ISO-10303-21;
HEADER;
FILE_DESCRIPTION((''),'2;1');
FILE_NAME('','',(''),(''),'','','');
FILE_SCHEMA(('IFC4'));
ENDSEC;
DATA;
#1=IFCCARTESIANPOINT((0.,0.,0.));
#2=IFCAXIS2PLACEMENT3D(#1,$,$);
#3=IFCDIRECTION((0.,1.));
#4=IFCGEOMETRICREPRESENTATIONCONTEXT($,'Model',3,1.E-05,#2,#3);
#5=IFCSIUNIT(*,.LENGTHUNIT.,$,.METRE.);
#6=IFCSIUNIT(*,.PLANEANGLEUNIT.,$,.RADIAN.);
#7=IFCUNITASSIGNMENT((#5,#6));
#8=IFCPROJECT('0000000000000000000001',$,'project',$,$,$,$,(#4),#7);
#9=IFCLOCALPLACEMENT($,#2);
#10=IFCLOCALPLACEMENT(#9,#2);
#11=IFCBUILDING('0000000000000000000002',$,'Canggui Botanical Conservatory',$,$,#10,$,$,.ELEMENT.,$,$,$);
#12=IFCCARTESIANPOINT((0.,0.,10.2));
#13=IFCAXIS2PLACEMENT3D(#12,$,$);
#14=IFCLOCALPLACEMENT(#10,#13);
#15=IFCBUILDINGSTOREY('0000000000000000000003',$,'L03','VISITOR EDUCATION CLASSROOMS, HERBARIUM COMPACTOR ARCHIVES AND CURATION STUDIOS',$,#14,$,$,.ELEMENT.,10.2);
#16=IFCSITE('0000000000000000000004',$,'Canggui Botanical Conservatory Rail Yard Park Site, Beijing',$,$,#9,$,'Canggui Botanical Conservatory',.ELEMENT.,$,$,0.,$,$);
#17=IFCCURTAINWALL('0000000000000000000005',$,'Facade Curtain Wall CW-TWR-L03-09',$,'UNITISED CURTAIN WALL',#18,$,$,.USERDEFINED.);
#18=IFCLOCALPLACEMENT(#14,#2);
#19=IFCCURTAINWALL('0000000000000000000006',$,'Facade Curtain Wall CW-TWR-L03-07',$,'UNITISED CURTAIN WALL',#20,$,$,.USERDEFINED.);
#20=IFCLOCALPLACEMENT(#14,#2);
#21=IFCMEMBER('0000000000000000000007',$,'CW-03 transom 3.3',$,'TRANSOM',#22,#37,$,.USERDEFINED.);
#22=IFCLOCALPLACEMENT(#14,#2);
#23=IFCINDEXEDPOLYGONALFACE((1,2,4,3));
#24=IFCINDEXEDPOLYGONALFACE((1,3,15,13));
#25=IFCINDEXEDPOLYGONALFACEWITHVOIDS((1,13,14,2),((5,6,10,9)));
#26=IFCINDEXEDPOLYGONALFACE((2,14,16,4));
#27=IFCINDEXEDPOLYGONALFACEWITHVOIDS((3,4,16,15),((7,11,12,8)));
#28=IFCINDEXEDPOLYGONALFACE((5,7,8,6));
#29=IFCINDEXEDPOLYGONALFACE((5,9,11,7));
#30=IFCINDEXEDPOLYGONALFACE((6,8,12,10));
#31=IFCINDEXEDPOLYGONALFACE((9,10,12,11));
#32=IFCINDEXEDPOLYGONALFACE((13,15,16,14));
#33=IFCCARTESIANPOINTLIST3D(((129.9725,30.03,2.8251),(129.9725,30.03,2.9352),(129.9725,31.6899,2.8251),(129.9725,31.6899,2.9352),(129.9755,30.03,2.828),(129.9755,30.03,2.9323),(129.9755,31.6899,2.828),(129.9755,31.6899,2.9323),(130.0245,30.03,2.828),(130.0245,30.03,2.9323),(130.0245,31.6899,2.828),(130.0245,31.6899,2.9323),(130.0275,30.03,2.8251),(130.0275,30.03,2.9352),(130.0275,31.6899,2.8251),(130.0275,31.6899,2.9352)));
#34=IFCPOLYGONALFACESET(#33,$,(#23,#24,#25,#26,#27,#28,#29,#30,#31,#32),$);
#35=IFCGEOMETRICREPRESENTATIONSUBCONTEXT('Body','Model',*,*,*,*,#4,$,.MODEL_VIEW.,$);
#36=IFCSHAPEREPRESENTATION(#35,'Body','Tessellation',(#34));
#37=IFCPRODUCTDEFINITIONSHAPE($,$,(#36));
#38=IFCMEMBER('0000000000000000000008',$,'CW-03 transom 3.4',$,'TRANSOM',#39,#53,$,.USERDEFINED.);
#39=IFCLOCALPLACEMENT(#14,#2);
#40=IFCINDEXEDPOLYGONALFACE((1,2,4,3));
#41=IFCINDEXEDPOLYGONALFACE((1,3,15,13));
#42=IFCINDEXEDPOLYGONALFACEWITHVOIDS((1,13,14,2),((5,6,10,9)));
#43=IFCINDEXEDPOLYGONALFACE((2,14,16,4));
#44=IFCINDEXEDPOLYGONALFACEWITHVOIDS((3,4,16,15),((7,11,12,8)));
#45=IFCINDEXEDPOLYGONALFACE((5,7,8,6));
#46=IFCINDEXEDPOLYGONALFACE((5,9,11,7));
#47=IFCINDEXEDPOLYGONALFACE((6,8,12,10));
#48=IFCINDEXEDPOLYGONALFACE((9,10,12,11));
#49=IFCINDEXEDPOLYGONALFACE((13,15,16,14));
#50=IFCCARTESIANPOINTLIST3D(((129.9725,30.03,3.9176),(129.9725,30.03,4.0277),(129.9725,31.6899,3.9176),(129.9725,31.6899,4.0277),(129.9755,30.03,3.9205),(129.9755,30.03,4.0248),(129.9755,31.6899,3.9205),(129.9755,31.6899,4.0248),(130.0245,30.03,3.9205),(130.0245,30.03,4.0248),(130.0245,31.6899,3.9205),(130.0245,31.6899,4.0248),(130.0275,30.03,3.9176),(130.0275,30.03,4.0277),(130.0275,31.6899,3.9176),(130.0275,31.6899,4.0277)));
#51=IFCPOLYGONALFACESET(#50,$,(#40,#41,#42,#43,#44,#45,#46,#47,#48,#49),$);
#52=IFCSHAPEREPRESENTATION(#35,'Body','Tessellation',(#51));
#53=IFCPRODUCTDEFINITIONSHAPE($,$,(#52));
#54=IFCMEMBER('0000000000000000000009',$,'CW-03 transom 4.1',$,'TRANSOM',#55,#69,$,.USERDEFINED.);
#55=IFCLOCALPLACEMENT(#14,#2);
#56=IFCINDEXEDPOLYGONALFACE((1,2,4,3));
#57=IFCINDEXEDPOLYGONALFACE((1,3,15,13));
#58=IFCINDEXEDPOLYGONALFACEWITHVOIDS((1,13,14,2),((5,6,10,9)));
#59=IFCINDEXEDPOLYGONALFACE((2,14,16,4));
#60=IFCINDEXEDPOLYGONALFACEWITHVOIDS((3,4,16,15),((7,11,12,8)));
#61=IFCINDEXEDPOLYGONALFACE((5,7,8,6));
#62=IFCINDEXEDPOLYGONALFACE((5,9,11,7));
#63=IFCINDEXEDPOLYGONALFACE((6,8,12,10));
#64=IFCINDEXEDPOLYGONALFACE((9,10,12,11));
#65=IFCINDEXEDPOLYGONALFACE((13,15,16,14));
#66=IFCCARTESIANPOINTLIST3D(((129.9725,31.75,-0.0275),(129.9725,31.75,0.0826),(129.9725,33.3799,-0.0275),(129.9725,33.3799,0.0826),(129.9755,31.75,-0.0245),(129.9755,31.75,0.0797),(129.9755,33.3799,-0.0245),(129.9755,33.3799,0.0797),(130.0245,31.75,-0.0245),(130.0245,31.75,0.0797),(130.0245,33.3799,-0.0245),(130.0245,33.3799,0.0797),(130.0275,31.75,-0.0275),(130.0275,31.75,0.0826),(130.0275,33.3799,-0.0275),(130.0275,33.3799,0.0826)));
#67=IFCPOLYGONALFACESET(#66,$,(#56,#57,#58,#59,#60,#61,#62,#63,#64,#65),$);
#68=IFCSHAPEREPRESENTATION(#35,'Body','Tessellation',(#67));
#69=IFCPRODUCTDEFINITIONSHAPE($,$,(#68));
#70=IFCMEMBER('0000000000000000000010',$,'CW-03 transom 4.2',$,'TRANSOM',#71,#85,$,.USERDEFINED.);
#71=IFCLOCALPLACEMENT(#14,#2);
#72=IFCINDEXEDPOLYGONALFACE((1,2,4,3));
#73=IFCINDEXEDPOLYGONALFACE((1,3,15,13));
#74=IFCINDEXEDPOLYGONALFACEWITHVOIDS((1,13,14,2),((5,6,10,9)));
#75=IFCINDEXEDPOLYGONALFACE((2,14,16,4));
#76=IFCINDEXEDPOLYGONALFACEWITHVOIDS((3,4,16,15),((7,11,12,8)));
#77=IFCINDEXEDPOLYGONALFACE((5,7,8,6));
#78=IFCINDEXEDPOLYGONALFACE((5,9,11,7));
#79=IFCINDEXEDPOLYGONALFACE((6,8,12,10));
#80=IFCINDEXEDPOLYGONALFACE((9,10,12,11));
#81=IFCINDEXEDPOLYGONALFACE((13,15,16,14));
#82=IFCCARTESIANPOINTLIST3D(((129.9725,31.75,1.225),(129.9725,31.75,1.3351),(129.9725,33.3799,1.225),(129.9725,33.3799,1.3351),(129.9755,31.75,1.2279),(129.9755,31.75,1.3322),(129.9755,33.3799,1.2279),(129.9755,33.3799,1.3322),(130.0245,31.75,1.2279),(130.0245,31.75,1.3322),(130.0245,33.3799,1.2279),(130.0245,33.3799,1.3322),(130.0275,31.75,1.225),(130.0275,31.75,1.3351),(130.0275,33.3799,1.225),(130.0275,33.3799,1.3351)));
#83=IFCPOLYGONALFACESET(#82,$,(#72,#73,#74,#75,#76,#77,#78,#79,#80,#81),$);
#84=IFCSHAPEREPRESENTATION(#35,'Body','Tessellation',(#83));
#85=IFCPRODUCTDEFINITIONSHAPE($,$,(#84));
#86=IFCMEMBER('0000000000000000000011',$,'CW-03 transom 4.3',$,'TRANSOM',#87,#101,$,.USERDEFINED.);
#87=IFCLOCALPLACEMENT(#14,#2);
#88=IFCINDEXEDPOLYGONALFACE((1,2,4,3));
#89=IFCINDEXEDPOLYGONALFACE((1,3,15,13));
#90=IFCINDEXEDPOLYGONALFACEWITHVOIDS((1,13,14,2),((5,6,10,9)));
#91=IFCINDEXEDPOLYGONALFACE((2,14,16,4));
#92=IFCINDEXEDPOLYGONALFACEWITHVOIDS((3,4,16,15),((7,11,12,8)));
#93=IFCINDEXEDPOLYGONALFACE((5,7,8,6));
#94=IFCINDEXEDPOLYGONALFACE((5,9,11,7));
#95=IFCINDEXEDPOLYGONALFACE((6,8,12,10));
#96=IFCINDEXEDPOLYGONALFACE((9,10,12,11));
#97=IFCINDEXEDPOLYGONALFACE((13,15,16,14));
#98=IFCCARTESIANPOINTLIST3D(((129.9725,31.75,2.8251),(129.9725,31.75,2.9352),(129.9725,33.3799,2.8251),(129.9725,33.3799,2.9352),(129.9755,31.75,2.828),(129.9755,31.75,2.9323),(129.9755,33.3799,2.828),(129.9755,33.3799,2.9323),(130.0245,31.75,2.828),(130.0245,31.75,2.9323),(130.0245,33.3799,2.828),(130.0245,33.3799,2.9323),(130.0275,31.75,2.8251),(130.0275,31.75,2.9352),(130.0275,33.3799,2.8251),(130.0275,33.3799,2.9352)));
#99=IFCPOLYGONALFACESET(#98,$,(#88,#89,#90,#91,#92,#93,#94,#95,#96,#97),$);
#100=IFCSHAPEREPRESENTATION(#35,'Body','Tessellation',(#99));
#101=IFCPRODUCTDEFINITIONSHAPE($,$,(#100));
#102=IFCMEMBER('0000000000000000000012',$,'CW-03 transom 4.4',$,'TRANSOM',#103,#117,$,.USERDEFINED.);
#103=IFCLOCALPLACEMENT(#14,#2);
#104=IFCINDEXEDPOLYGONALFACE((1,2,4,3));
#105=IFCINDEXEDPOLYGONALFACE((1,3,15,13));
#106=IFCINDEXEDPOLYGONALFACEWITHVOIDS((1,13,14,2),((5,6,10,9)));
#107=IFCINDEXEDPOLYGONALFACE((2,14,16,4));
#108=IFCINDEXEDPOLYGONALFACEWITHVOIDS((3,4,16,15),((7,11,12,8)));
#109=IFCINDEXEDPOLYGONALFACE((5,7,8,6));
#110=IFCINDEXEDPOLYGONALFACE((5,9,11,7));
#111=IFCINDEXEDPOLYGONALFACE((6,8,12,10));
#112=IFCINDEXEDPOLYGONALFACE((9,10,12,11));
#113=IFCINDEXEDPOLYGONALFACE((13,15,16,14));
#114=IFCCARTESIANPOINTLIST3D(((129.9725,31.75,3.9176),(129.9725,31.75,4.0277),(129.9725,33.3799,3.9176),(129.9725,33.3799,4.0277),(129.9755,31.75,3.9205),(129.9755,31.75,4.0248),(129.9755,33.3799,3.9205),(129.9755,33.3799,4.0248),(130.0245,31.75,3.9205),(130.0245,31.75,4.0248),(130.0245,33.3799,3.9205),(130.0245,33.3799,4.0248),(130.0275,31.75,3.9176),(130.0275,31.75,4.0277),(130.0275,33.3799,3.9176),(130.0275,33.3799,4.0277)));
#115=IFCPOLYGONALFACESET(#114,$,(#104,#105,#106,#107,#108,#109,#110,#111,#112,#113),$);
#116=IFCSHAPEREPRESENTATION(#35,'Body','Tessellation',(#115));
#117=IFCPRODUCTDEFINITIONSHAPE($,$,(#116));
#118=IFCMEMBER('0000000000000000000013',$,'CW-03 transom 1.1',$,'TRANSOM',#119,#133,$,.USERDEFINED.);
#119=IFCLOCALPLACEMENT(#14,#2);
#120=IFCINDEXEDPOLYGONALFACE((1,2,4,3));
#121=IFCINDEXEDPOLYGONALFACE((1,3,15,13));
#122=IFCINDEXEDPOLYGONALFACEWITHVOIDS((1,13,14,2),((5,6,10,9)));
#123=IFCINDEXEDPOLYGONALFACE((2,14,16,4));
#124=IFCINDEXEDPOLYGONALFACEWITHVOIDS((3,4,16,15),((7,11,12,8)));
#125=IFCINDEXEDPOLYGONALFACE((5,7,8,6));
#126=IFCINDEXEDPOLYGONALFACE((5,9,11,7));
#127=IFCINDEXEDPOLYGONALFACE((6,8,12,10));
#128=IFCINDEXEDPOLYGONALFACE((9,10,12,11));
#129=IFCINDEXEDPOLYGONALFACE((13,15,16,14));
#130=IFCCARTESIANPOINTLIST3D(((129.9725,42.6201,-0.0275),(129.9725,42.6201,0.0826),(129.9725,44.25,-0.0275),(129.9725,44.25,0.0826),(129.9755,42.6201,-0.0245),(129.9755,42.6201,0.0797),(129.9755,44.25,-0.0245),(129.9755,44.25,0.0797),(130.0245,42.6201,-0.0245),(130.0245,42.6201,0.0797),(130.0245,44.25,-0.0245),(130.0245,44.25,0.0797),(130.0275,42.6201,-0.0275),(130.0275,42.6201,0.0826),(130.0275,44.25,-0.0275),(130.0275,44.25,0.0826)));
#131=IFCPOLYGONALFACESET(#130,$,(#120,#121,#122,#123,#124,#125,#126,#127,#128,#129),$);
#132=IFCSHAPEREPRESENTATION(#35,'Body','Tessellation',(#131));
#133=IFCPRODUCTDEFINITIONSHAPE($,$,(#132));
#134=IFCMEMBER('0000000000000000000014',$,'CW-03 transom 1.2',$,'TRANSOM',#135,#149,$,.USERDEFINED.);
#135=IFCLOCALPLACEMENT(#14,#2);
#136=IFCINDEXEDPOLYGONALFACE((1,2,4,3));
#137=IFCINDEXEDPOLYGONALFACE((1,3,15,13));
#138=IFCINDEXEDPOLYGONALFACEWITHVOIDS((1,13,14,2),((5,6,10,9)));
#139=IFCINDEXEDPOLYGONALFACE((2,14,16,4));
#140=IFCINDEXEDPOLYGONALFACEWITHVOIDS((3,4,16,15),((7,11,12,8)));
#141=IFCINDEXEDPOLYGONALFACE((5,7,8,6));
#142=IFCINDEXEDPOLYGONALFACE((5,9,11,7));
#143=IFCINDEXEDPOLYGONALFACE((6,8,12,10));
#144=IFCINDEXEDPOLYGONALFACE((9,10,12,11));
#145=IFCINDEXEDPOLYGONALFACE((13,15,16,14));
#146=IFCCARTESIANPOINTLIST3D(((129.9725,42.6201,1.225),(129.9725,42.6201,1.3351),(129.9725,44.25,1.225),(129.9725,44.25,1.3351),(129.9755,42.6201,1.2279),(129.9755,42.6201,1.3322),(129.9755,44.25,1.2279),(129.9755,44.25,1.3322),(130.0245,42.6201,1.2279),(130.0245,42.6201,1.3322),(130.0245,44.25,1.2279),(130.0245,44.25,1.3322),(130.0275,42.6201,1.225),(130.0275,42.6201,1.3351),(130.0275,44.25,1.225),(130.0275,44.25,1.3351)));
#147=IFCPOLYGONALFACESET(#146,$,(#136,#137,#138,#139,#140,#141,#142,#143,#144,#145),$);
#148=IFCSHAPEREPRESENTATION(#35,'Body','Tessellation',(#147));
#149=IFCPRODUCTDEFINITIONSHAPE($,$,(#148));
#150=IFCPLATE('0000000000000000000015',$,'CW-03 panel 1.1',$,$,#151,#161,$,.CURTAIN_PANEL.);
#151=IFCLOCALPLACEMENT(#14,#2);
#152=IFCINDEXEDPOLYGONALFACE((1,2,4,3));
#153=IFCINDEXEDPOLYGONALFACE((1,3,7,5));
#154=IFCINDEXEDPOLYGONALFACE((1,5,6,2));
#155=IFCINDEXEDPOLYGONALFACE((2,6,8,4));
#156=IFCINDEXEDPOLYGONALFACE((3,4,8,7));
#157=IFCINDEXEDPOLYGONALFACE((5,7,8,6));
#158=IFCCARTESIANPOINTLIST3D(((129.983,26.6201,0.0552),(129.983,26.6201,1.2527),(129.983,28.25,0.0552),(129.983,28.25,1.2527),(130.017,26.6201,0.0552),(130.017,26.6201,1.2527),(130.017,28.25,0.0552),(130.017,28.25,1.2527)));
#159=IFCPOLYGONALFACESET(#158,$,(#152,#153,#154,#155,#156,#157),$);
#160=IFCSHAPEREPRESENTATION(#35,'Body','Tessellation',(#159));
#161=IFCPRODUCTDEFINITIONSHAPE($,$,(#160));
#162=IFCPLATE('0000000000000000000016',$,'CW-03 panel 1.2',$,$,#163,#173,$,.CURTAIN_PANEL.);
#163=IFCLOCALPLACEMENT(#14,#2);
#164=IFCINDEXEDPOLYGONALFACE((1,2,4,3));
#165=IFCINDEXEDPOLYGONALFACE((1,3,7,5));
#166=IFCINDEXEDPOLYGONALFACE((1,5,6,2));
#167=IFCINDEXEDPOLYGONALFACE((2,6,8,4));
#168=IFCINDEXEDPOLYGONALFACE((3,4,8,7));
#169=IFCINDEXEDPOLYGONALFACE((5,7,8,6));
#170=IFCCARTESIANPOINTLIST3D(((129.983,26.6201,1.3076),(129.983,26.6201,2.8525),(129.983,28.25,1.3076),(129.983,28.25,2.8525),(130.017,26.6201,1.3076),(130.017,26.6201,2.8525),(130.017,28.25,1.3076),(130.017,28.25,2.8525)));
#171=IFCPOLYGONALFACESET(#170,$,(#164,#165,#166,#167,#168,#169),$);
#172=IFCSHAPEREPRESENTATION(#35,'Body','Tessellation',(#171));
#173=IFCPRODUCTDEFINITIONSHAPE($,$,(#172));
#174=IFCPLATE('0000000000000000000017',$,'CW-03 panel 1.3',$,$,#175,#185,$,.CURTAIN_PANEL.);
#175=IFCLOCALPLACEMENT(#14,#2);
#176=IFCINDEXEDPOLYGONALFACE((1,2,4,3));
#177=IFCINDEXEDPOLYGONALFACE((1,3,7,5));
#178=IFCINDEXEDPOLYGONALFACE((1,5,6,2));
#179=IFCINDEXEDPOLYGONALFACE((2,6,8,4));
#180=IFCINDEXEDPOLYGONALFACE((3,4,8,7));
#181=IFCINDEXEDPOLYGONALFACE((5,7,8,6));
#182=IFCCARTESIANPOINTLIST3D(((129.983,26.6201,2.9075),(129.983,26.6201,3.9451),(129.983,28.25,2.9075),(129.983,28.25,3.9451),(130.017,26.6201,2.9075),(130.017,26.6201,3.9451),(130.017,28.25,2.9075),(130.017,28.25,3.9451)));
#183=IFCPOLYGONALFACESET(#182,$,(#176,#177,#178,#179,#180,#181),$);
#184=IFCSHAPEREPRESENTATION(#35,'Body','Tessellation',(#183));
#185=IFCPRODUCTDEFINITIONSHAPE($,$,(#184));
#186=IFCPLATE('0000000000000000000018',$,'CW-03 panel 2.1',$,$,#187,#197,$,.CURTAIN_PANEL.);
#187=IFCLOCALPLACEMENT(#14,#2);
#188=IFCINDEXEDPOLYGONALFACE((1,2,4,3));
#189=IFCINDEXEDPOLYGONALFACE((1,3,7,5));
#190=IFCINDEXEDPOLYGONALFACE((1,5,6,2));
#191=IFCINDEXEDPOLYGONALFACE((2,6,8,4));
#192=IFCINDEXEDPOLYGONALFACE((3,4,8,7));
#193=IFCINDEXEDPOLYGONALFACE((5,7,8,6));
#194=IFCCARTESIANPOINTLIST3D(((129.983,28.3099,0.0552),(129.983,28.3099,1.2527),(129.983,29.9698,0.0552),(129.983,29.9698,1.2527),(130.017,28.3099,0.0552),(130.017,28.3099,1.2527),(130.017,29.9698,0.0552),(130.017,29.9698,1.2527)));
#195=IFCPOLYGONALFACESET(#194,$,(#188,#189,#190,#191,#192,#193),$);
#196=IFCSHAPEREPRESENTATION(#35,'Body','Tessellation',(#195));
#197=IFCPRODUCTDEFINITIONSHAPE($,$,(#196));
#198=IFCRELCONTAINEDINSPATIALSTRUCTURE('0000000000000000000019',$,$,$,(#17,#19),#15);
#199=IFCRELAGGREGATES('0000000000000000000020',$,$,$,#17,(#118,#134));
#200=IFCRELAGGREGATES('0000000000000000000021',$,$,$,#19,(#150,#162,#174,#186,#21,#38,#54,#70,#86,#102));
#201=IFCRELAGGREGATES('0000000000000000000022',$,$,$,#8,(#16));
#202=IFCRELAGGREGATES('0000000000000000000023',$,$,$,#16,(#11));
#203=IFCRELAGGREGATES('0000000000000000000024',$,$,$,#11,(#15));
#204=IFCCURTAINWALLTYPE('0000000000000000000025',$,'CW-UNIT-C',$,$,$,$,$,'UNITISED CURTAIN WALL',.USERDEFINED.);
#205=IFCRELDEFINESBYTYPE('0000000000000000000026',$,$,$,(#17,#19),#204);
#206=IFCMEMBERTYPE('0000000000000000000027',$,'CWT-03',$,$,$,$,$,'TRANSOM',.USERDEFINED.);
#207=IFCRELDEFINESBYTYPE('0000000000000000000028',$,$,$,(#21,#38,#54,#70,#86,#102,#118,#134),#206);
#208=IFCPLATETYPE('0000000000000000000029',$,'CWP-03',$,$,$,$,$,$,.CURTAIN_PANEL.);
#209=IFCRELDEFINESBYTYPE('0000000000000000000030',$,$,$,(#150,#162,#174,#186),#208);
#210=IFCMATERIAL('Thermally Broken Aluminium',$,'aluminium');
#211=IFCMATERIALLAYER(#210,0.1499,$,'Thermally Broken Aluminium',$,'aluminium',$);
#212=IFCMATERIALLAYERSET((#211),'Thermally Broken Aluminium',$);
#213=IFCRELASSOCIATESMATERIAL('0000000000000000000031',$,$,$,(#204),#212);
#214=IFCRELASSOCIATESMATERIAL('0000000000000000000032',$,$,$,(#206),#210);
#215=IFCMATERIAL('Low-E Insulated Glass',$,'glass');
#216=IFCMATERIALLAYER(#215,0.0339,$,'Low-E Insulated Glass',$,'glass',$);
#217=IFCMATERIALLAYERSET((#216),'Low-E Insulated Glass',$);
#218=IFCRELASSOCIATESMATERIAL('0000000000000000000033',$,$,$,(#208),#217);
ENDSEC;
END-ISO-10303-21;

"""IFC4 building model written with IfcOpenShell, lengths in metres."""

from ifc_helpers import new_model, si_unit, direction, frame, origin, origin_2d, place, context, subcontext, project, spatial, rectangle, hollow_rectangle, extrude, material, layer, layer_set, material_profile, profile_set, type_object, element, aggregate, save


model = new_model("IFC4")

# Units and contexts
model_context = context("Model", 3, precision=1e-05, world=origin(), true_north=direction((0.0, 1.0)))
body_context = subcontext(model_context, "Body", "Model", "MODEL_VIEW")
ifc_project = project(units=[si_unit("LENGTHUNIT", "METRE"), si_unit("PLANEANGLEUNIT", "RADIAN")], contexts=[model_context])

# Site, building, storey
site_placement = place(None, origin())
site = spatial("IfcSite", under=ifc_project, at=site_placement, Name="Canggui Botanical Conservatory Rail Yard Park Site, Beijing", LongName="Canggui Botanical Conservatory", CompositionType="ELEMENT", RefElevation=0.0)
building_placement = place(site_placement, origin())
building = spatial("IfcBuilding", under=site, at=building_placement, Name="Canggui Botanical Conservatory", CompositionType="ELEMENT")
storey_placement = place(building_placement, frame((0.0, 0.0, 10.2)))
storey = spatial("IfcBuildingStorey", under=building, at=storey_placement, Name="L03", Description="VISITOR EDUCATION CLASSROOMS, HERBARIUM COMPACTOR ARCHIVES AND CURATION STUDIOS", CompositionType="ELEMENT", Elevation=10.2)

# Curtain wall
ifc_material_1 = material(Name="Thermally Broken Aluminium", Category="aluminium")
ifc_layer_1 = layer(ifc_material_1, 0.1499, Name="Thermally Broken Aluminium", Category="aluminium")
ifc_layer_set_1 = layer_set([ifc_layer_1], Name="Thermally Broken Aluminium")
curtain_wall_type = type_object("IfcCurtainWallType", Name="CW-UNIT-C", ElementType="UNITISED CURTAIN WALL", PredefinedType="USERDEFINED", material=ifc_layer_set_1)
curtain_wall_1_placement = place(storey_placement, origin())
curtain_wall_1 = element("IfcCurtainWall", 1, at=curtain_wall_1_placement, inside=storey, type_object=curtain_wall_type, Name="Facade Curtain Wall CW-TWR-L03-09", ObjectType="UNITISED CURTAIN WALL", PredefinedType="USERDEFINED")

# Curtain wall, members
curtain_wall_2_placement = place(storey_placement, origin())
curtain_wall_2 = element("IfcCurtainWall", 2, at=curtain_wall_2_placement, inside=storey, type_object=curtain_wall_type, Name="Facade Curtain Wall CW-TWR-L03-07", ObjectType="UNITISED CURTAIN WALL", PredefinedType="USERDEFINED")
ifc_material_profile_1 = material_profile(ifc_material_1, hollow_rectangle(XDim=0.0549, YDim=0.1101, WallThickness=0.0029, at=origin_2d()), Name="CWT 55x110x3")
ifc_profile_set_1 = profile_set([ifc_material_profile_1], Name="Thermally Broken Aluminium")
member_type_1 = type_object("IfcMemberType", Name="CWT-03", ElementType="TRANSOM", PredefinedType="USERDEFINED", material=ifc_profile_set_1)
member_1_placement = place(storey_placement, frame((130.0, 30.03, 2.8801), z_axis=(0.0, 1.0, 0.0), x_axis=(-1.0, 0.0, 0.0)))
member_1 = element("IfcMember", 3, at=member_1_placement, type_object=member_type_1, Name="CW-03 transom 3.3", ObjectType="TRANSOM", PredefinedType="USERDEFINED", context=body_context, shape_type="SweptSolid", body=[
    extrude(hollow_rectangle(XDim=0.0549, YDim=0.1101, WallThickness=0.0029, at=origin_2d()), origin(), (0.0, 0.0, 1.0), 1.6599),
])
member_2_placement = place(storey_placement, frame((130.0, 30.03, 3.9727), z_axis=(0.0, 1.0, 0.0), x_axis=(-1.0, 0.0, 0.0)))
member_2 = element("IfcMember", 4, at=member_2_placement, type_object=member_type_1, Name="CW-03 transom 3.4", ObjectType="TRANSOM", PredefinedType="USERDEFINED", context=body_context, shape_type="SweptSolid", body=[
    extrude(hollow_rectangle(XDim=0.0549, YDim=0.1101, WallThickness=0.0029, at=origin_2d()), origin(), (0.0, 0.0, 1.0), 1.6599),
])
member_3_placement = place(storey_placement, frame((130.0, 31.75, 0.0276), z_axis=(0.0, 1.0, 0.0), x_axis=(-1.0, 0.0, 0.0)))
member_3 = element("IfcMember", 5, at=member_3_placement, type_object=member_type_1, Name="CW-03 transom 4.1", ObjectType="TRANSOM", PredefinedType="USERDEFINED", context=body_context, shape_type="SweptSolid", body=[
    extrude(hollow_rectangle(XDim=0.0549, YDim=0.1101, WallThickness=0.0029, at=origin_2d()), origin(), (0.0, 0.0, 1.0), 1.6299),
])
member_4_placement = place(storey_placement, frame((130.0, 31.75, 1.28), z_axis=(0.0, 1.0, 0.0), x_axis=(-1.0, 0.0, 0.0)))
member_4 = element("IfcMember", 6, at=member_4_placement, type_object=member_type_1, Name="CW-03 transom 4.2", ObjectType="TRANSOM", PredefinedType="USERDEFINED", context=body_context, shape_type="SweptSolid", body=[
    extrude(hollow_rectangle(XDim=0.0549, YDim=0.1101, WallThickness=0.0029, at=origin_2d()), origin(), (0.0, 0.0, 1.0), 1.6299),
])
member_5_placement = place(storey_placement, frame((130.0, 31.75, 2.8801), z_axis=(0.0, 1.0, 0.0), x_axis=(-1.0, 0.0, 0.0)))
member_5 = element("IfcMember", 7, at=member_5_placement, type_object=member_type_1, Name="CW-03 transom 4.3", ObjectType="TRANSOM", PredefinedType="USERDEFINED", context=body_context, shape_type="SweptSolid", body=[
    extrude(hollow_rectangle(XDim=0.0549, YDim=0.1101, WallThickness=0.0029, at=origin_2d()), origin(), (0.0, 0.0, 1.0), 1.6299),
])
member_6_placement = place(storey_placement, frame((130.0, 31.75, 3.9727), z_axis=(0.0, 1.0, 0.0), x_axis=(-1.0, 0.0, 0.0)))
member_6 = element("IfcMember", 8, at=member_6_placement, type_object=member_type_1, Name="CW-03 transom 4.4", ObjectType="TRANSOM", PredefinedType="USERDEFINED", context=body_context, shape_type="SweptSolid", body=[
    extrude(hollow_rectangle(XDim=0.0549, YDim=0.1101, WallThickness=0.0029, at=origin_2d()), origin(), (0.0, 0.0, 1.0), 1.6299),
])

# Members
member_7_placement = place(storey_placement, frame((130.0, 42.6201, 0.0276), z_axis=(0.0, 1.0, 0.0), x_axis=(-1.0, 0.0, 0.0)))
member_7 = element("IfcMember", 9, at=member_7_placement, type_object=member_type_1, Name="CW-03 transom 1.1", ObjectType="TRANSOM", PredefinedType="USERDEFINED", context=body_context, shape_type="SweptSolid", body=[
    extrude(hollow_rectangle(XDim=0.0549, YDim=0.1101, WallThickness=0.0029, at=origin_2d()), origin(), (0.0, 0.0, 1.0), 1.6299),
])
member_8_placement = place(storey_placement, frame((130.0, 42.6201, 1.28), z_axis=(0.0, 1.0, 0.0), x_axis=(-1.0, 0.0, 0.0)))
member_8 = element("IfcMember", 10, at=member_8_placement, type_object=member_type_1, Name="CW-03 transom 1.2", ObjectType="TRANSOM", PredefinedType="USERDEFINED", context=body_context, shape_type="SweptSolid", body=[
    extrude(hollow_rectangle(XDim=0.0549, YDim=0.1101, WallThickness=0.0029, at=origin_2d()), origin(), (0.0, 0.0, 1.0), 1.6299),
])
aggregate(curtain_wall_1, [member_7, member_8])

# Plates
ifc_material_2 = material(Name="Low-E Insulated Glass", Category="glass")
ifc_layer_2 = layer(ifc_material_2, 0.0339, Name="Low-E Insulated Glass", Category="glass")
ifc_layer_set_2 = layer_set([ifc_layer_2], Name="Low-E Insulated Glass")
plate_type = type_object("IfcPlateType", Name="CWP-03", PredefinedType="CURTAIN_PANEL", material=ifc_layer_set_2)
plate_1_placement = place(storey_placement, frame((130.0, 27.4351, 0.0552), z_axis=(0.0, 0.0, 1.0), x_axis=(0.0, 1.0, 0.0)))
plate_1 = element("IfcPlate", 11, at=plate_1_placement, type_object=plate_type, Name="CW-03 panel 1.1", PredefinedType="CURTAIN_PANEL", context=body_context, shape_type="SweptSolid", body=[
    extrude(rectangle(XDim=1.6299, YDim=0.0339, at=origin_2d()), origin(), (0.0, 0.0, 1.0), 1.1975),
])
plate_2_placement = place(storey_placement, frame((130.0, 27.4351, 1.3076), z_axis=(0.0, 0.0, 1.0), x_axis=(0.0, 1.0, 0.0)))
plate_2 = element("IfcPlate", 12, at=plate_2_placement, type_object=plate_type, Name="CW-03 panel 1.2", PredefinedType="CURTAIN_PANEL", context=body_context, shape_type="SweptSolid", body=[
    extrude(rectangle(XDim=1.6299, YDim=0.0339, at=origin_2d()), origin(), (0.0, 0.0, 1.0), 1.5449),
])
plate_3_placement = place(storey_placement, frame((130.0, 27.4351, 2.9075), z_axis=(0.0, 0.0, 1.0), x_axis=(0.0, 1.0, 0.0)))
plate_3 = element("IfcPlate", 13, at=plate_3_placement, type_object=plate_type, Name="CW-03 panel 1.3", PredefinedType="CURTAIN_PANEL", context=body_context, shape_type="SweptSolid", body=[
    extrude(rectangle(XDim=1.6299, YDim=0.0339, at=origin_2d()), origin(), (0.0, 0.0, 1.0), 1.0376),
])
plate_4_placement = place(storey_placement, frame((130.0, 29.1399, 0.0552), z_axis=(0.0, 0.0, 1.0), x_axis=(0.0, 1.0, 0.0)))
plate_4 = element("IfcPlate", 14, at=plate_4_placement, type_object=plate_type, Name="CW-03 panel 2.1", PredefinedType="CURTAIN_PANEL", context=body_context, shape_type="SweptSolid", body=[
    extrude(rectangle(XDim=1.6599, YDim=0.0339, at=origin_2d()), origin(), (0.0, 0.0, 1.0), 1.1975),
])
aggregate(curtain_wall_2, [plate_1, plate_2, plate_3, plate_4, member_1, member_2, member_3, member_4, member_5, member_6])

save(model, "model.ifc")
